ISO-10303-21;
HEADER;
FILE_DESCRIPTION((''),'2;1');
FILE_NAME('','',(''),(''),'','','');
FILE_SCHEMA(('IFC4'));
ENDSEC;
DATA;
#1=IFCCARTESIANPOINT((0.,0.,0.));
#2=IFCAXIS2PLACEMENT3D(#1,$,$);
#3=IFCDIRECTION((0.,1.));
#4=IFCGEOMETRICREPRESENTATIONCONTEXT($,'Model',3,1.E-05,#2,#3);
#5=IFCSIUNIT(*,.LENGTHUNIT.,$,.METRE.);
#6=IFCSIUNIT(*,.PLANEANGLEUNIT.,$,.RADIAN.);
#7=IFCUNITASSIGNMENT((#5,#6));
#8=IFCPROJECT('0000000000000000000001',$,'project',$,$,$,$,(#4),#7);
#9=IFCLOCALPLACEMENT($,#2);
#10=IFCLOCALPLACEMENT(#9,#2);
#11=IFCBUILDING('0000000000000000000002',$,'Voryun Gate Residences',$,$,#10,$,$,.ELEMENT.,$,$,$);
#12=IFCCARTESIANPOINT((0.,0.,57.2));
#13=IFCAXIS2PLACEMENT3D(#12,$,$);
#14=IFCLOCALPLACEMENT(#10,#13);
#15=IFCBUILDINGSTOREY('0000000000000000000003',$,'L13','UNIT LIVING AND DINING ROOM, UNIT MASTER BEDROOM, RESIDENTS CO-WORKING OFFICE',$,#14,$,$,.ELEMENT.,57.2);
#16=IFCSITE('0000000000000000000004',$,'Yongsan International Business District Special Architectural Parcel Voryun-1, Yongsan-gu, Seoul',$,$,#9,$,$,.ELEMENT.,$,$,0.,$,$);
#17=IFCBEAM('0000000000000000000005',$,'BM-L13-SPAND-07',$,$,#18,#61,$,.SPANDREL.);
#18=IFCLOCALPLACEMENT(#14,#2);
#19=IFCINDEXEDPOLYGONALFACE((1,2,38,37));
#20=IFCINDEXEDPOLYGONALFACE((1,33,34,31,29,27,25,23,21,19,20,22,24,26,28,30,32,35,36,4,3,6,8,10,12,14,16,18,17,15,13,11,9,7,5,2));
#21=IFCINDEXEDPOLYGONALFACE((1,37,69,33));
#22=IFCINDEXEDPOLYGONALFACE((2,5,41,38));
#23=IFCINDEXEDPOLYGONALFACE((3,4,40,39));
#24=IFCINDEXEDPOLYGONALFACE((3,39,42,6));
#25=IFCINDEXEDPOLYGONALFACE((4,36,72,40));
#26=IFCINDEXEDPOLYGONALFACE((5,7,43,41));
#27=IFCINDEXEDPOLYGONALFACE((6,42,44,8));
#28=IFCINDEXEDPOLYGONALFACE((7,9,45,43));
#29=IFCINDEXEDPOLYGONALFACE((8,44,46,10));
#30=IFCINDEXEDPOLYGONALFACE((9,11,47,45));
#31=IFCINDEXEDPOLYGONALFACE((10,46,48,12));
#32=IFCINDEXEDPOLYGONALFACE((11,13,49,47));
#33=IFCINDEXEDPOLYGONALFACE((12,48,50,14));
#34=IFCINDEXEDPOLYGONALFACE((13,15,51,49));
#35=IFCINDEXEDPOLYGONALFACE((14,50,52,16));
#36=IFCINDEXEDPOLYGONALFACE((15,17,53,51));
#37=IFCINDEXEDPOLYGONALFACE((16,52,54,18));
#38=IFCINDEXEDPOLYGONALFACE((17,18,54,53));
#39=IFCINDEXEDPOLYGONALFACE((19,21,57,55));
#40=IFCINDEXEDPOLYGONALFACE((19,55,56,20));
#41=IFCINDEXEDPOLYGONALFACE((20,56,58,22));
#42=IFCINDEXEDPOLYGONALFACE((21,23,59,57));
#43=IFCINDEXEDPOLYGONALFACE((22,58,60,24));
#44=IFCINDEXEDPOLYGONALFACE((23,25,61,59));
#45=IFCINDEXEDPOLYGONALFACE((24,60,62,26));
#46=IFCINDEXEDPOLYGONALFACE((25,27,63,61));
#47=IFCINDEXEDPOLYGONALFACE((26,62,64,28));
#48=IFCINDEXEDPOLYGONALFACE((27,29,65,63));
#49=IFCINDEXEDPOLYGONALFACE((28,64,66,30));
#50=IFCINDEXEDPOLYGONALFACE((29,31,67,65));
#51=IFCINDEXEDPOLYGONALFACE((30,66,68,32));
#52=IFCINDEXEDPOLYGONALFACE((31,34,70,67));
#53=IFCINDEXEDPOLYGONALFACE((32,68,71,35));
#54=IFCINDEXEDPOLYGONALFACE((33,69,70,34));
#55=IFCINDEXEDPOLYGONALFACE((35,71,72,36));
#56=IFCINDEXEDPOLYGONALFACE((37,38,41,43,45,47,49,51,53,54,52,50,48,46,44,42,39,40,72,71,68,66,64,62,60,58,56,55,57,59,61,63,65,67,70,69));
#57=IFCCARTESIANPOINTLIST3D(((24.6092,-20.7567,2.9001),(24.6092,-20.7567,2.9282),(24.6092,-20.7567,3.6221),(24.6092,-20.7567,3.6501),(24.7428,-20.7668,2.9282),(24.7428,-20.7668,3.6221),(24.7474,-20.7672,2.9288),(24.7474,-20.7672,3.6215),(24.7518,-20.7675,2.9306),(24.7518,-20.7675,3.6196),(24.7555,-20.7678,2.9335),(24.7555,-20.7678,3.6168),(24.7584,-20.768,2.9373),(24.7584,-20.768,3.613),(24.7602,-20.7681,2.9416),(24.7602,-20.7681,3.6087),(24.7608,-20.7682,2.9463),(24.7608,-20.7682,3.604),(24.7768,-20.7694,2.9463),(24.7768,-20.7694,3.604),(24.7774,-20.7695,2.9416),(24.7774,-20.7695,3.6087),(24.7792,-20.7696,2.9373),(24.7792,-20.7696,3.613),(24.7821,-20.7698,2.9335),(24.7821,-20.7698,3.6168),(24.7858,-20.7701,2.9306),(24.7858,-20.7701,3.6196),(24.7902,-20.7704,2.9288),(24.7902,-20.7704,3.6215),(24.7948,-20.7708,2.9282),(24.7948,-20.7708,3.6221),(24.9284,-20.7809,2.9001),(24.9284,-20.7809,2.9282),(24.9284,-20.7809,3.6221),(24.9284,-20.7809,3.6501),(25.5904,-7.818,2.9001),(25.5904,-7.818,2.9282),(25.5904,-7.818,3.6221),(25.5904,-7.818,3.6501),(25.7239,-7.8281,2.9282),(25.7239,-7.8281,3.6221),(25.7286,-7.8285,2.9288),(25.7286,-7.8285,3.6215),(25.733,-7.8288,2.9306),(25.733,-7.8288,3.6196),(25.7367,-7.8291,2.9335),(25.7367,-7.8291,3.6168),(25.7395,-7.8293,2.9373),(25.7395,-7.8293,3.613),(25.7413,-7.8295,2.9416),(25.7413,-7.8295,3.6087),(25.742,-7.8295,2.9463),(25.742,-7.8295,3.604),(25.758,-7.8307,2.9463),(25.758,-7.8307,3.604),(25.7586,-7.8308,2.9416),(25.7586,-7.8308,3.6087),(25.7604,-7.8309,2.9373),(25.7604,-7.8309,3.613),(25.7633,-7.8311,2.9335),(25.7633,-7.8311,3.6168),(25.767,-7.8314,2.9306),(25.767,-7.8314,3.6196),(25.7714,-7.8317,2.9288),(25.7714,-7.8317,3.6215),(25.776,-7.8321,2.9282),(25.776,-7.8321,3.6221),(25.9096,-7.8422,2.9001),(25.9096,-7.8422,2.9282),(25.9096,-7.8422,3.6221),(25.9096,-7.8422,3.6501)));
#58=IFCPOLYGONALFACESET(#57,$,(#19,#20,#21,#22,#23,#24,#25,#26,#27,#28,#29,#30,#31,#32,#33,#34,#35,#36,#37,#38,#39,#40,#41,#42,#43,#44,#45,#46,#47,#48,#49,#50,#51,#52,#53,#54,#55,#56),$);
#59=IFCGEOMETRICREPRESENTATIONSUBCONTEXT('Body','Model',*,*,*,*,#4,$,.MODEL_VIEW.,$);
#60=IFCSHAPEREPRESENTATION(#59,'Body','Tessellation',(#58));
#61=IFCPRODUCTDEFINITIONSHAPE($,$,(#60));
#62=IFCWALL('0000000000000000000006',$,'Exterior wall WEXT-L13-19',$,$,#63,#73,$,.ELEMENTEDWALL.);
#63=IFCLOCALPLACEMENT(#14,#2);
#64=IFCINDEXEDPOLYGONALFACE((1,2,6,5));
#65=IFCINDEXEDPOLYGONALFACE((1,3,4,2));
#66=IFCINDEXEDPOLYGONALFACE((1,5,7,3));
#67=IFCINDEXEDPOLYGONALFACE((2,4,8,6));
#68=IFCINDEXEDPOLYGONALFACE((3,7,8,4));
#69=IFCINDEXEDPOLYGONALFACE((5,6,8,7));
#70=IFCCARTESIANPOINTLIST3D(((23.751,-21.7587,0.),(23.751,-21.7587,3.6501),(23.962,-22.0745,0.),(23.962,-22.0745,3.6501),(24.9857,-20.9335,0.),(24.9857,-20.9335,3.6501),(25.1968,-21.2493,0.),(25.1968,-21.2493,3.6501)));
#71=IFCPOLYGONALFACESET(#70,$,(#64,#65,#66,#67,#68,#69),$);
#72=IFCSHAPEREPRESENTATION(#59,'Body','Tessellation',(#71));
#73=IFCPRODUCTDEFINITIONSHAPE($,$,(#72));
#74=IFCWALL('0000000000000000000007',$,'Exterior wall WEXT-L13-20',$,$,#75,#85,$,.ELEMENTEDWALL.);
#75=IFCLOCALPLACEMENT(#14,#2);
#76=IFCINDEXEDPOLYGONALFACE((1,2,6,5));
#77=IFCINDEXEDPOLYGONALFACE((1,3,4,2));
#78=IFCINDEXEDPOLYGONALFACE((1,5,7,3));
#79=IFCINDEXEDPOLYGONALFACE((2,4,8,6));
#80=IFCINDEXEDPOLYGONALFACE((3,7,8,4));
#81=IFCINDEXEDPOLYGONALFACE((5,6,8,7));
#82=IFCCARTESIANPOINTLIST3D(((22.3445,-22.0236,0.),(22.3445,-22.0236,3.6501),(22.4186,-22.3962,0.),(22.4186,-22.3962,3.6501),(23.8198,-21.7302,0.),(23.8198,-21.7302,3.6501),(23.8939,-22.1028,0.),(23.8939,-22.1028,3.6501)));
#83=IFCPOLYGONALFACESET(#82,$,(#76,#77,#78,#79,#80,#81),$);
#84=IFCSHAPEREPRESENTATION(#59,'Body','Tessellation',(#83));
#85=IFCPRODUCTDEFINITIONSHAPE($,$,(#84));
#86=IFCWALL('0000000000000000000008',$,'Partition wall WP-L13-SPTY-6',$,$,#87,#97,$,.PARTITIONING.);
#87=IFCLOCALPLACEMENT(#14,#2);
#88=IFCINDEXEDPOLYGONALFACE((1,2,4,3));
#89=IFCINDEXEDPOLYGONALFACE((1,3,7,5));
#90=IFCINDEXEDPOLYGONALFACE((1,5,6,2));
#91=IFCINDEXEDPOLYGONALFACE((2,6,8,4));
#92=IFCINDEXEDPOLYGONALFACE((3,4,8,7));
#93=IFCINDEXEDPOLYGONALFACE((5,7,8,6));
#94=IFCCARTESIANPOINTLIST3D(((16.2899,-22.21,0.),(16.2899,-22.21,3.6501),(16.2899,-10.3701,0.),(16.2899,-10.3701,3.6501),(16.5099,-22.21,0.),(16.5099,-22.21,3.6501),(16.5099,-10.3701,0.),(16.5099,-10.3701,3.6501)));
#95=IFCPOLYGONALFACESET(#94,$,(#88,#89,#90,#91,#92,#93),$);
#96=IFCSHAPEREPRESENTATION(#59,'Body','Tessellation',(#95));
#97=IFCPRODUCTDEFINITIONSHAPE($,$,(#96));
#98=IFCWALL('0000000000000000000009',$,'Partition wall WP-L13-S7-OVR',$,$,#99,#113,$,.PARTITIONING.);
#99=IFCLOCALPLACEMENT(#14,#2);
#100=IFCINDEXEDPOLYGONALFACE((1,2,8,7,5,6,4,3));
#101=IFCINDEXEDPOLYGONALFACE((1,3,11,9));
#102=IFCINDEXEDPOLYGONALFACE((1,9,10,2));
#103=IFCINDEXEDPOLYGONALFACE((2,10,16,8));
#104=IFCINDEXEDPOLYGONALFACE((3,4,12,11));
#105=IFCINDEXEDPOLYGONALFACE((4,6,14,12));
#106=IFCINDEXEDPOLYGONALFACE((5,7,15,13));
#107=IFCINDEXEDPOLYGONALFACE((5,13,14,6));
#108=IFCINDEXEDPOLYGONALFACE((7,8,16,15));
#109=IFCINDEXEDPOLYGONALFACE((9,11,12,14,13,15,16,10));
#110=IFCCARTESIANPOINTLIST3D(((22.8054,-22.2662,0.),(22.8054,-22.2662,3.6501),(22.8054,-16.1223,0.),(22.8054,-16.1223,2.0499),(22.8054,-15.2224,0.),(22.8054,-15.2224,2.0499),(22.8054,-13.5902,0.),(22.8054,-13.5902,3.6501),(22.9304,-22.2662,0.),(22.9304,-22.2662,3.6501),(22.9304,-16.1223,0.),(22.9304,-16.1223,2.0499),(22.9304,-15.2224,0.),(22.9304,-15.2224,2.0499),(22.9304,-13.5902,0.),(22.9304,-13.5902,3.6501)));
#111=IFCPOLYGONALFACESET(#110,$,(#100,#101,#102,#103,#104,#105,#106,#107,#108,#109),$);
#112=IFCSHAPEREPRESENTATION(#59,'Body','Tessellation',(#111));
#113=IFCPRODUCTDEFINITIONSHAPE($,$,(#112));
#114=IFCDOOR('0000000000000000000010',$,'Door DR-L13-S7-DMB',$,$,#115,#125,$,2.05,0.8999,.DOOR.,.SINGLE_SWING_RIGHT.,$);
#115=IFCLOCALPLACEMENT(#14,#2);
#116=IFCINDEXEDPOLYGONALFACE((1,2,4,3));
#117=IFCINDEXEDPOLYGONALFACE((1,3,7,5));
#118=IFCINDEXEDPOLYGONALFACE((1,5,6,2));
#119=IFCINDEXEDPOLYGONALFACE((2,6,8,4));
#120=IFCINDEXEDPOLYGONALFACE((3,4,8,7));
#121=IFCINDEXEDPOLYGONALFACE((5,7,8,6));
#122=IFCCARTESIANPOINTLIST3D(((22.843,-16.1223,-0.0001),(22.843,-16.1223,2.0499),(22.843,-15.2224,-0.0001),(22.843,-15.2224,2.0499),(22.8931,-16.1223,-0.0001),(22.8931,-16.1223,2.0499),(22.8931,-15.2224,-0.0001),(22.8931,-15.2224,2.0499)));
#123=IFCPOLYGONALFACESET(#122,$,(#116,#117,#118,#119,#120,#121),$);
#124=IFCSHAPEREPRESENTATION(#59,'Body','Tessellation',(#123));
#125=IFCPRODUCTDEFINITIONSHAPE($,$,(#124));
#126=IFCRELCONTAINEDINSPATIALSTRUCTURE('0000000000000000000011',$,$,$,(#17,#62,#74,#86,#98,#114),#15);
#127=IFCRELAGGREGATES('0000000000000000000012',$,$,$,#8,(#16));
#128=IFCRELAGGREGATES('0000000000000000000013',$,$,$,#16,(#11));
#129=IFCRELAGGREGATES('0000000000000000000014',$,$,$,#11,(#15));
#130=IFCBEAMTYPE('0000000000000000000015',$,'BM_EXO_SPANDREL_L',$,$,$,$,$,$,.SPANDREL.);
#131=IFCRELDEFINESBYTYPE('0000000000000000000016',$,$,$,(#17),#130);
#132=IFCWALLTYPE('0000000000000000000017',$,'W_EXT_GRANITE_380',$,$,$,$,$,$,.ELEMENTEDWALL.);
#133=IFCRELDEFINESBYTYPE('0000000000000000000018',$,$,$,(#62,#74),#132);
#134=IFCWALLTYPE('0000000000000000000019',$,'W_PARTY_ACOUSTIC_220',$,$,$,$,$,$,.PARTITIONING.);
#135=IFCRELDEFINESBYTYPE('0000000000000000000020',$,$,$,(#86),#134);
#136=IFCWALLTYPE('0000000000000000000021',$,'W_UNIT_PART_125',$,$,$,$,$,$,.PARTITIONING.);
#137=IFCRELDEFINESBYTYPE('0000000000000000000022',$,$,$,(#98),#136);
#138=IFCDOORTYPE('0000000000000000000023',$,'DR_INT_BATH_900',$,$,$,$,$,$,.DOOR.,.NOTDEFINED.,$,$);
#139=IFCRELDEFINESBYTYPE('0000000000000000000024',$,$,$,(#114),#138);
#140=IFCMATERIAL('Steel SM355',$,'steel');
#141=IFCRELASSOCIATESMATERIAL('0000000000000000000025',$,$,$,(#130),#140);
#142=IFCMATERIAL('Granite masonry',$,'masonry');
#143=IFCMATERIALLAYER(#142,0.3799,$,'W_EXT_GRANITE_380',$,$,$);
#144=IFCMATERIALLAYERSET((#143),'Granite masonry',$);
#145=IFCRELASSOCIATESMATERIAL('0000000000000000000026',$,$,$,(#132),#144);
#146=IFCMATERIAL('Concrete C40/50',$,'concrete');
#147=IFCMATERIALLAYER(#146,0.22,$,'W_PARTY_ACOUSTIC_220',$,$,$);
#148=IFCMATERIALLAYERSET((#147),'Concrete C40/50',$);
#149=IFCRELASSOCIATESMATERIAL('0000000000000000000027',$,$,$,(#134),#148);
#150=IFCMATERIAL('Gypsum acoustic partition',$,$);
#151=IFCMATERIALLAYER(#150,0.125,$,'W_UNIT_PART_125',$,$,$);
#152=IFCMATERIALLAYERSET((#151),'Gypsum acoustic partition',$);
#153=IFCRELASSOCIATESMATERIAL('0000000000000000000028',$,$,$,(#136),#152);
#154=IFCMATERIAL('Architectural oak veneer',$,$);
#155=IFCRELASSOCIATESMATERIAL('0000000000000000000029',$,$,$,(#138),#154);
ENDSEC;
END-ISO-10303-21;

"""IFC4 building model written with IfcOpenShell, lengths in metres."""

from ifc_helpers import new_model, si_unit, direction, frame, frame_2d, origin, origin_2d, place, context, subcontext, project, spatial, rectangle, i_section, extrude, material, layer, layer_set, material_profile, profile_set, type_object, element, fill, save


model = new_model("IFC4")

# Units and contexts
model_context = context("Model", 3, precision=1e-05, world=origin(), true_north=direction((0.0, 1.0)))
body_context = subcontext(model_context, "Body", "Model", "MODEL_VIEW")
ifc_project = project(units=[si_unit("LENGTHUNIT", "METRE"), si_unit("PLANEANGLEUNIT", "RADIAN")], contexts=[model_context])

# Site, building, storey
site_placement = place(None, origin())
site = spatial("IfcSite", under=ifc_project, at=site_placement, Name="Yongsan International Business District Special Architectural Parcel Voryun-1, Yongsan-gu, Seoul", CompositionType="ELEMENT", RefElevation=0.0)
building_placement = place(site_placement, origin())
building = spatial("IfcBuilding", under=site, at=building_placement, Name="Voryun Gate Residences", CompositionType="ELEMENT")
storey_placement = place(building_placement, frame((0.0, 0.0, 57.2)))
storey = spatial("IfcBuildingStorey", under=building, at=storey_placement, Name="L13", Description="UNIT LIVING AND DINING ROOM, UNIT MASTER BEDROOM, RESIDENTS CO-WORKING OFFICE", CompositionType="ELEMENT", Elevation=57.2)

# Beam
ifc_material_1 = material(Name="Steel SM355", Category="steel")
ifc_material_profile_1 = material_profile(ifc_material_1, i_section(OverallWidth=0.3201, OverallDepth=0.75, WebThickness=0.0161, FlangeThickness=0.0281, FilletRadius=0.0181, at=origin_2d()), Name="H-750x320x16x28")
ifc_profile_set_1 = profile_set([ifc_material_profile_1], Name="Steel SM355")
beam_type = type_object("IfcBeamType", Name="BM_EXO_SPANDREL_L", PredefinedType="SPANDREL", material=ifc_profile_set_1)
beam_1_placement = place(storey_placement, frame((24.7688, -20.7688, 3.2751), z_axis=(0.075617, 0.997137, 0.0), x_axis=(-0.997137, 0.075617, 0.0)))
element("IfcBeam", 1, at=beam_1_placement, inside=storey, type_object=beam_type, Name="BM-L13-SPAND-07", PredefinedType="SPANDREL", context=body_context, shape_type="SweptSolid", body=[
    extrude(i_section(OverallWidth=0.3201, OverallDepth=0.75, WebThickness=0.0161, FlangeThickness=0.0281, FilletRadius=0.0181, at=origin_2d()), origin(), (0.0, 0.0, 1.0), 12.9758),
])

# Shared definitions
ifc_material_2 = material(Name="Granite masonry", Category="masonry")
ifc_layer_1 = layer(ifc_material_2, 0.3799, Name="W_EXT_GRANITE_380")
ifc_layer_set_1 = layer_set([ifc_layer_1], Name="Granite masonry")
wall_type_1 = type_object("IfcWallType", Name="W_EXT_GRANITE_380", PredefinedType="ELEMENTEDWALL", material=ifc_layer_set_1)

# Walls
wall_1_placement = place(storey_placement, frame((25.0913, -21.0913, 0.0), z_axis=(0.0, 0.0, 1.0), x_axis=(-0.831392, -0.555686, 0.0)))
element("IfcWall", 2, at=wall_1_placement, inside=storey, type_object=wall_type_1, Name="Exterior wall WEXT-L13-19", PredefinedType="ELEMENTEDWALL", context=body_context, shape_type="SweptSolid", body=[
    extrude(rectangle(XDim=1.4851, YDim=0.3799, at=frame_2d((0.7427, 0.0))), origin(), (0.0, 0.0, 1.0), 3.6501),
])
wall_2_placement = place(storey_placement, frame((23.8567, -21.9165, 0.0), z_axis=(0.0, 0.0, 1.0), x_axis=(-0.980786, -0.195086, 0.0)))
element("IfcWall", 3, at=wall_2_placement, inside=storey, type_object=wall_type_1, Name="Exterior wall WEXT-L13-20", PredefinedType="ELEMENTEDWALL", context=body_context, shape_type="SweptSolid", body=[
    extrude(rectangle(XDim=1.5042, YDim=0.3799, at=frame_2d((0.752, 0.0))), origin(), (0.0, 0.0, 1.0), 3.6501),
])
ifc_material_3 = material(Name="Concrete C40/50", Category="concrete")
ifc_layer_2 = layer(ifc_material_3, 0.22, Name="W_PARTY_ACOUSTIC_220")
ifc_layer_set_2 = layer_set([ifc_layer_2], Name="Concrete C40/50")
wall_type_2 = type_object("IfcWallType", Name="W_PARTY_ACOUSTIC_220", PredefinedType="PARTITIONING", material=ifc_layer_set_2)
wall_3_placement = place(storey_placement, frame((16.3999, -22.21, 0.0), z_axis=(0.0, 0.0, 1.0), x_axis=(0.0, 1.0, 0.0)))
element("IfcWall", 4, at=wall_3_placement, inside=storey, type_object=wall_type_2, Name="Partition wall WP-L13-SPTY-6", PredefinedType="PARTITIONING", context=body_context, shape_type="SweptSolid", body=[
    extrude(rectangle(XDim=11.8398, YDim=0.22, at=frame_2d((5.9199, 0.0))), origin(), (0.0, 0.0, 1.0), 3.6501),
])

# Wall, opening, door
ifc_material_4 = material(Name="Gypsum acoustic partition")
ifc_layer_3 = layer(ifc_material_4, 0.125, Name="W_UNIT_PART_125")
ifc_layer_set_3 = layer_set([ifc_layer_3], Name="Gypsum acoustic partition")
wall_type_3 = type_object("IfcWallType", Name="W_UNIT_PART_125", PredefinedType="PARTITIONING", material=ifc_layer_set_3)
wall_4_placement = place(storey_placement, frame((22.8679, -22.2661, 0.0), z_axis=(0.0, 0.0, 1.0), x_axis=(0.0, 1.0, 0.0)))
wall_4 = element("IfcWall", 5, at=wall_4_placement, inside=storey, type_object=wall_type_3, Name="Partition wall WP-L13-S7-OVR", PredefinedType="PARTITIONING", context=body_context, shape_type="SweptSolid", body=[
    extrude(rectangle(XDim=8.676, YDim=0.125, at=frame_2d((4.3379, 0.0))), origin(), (0.0, 0.0, 1.0), 3.6501),
])
opening_1_placement = place(wall_4_placement, frame((6.1438, 0.0, 0.0)))
opening_1 = element("IfcOpeningElement", 6, at=opening_1_placement, cuts=wall_4, PredefinedType="OPENING", context=body_context, shape_type="SweptSolid", body=[
    extrude(rectangle(XDim=0.8999, YDim=2.05, at=frame_2d((0.45, 1.0249))), frame((0.0, 0.0725, 0.0), z_axis=(0.0, -1.0, 0.0), x_axis=(1.0, 0.0, 0.0)), (0.0, 0.0, 1.0), 0.145),
])
ifc_material_5 = material(Name="Architectural oak veneer")
door_type = type_object("IfcDoorType", Name="DR_INT_BATH_900", OperationType="NOTDEFINED", PredefinedType="DOOR", material=ifc_material_5)
door_placement = place(opening_1_placement, origin())
door = element("IfcDoor", 7, at=door_placement, inside=storey, type_object=door_type, Name="Door DR-L13-S7-DMB", OperationType="SINGLE_SWING_RIGHT", OverallHeight=2.05, OverallWidth=0.8999, PredefinedType="DOOR", context=body_context, shape_type="SweptSolid", body=[
    extrude(rectangle(XDim=0.8999, YDim=2.05, at=frame_2d((0.45, 1.0249))), frame((0.0, 0.0249, 0.0), z_axis=(0.0, -1.0, 0.0), x_axis=(1.0, 0.0, 0.0)), (0.0, 0.0, 1.0), 0.05),
])
fill(opening_1, door)

save(model, "model.ifc")
